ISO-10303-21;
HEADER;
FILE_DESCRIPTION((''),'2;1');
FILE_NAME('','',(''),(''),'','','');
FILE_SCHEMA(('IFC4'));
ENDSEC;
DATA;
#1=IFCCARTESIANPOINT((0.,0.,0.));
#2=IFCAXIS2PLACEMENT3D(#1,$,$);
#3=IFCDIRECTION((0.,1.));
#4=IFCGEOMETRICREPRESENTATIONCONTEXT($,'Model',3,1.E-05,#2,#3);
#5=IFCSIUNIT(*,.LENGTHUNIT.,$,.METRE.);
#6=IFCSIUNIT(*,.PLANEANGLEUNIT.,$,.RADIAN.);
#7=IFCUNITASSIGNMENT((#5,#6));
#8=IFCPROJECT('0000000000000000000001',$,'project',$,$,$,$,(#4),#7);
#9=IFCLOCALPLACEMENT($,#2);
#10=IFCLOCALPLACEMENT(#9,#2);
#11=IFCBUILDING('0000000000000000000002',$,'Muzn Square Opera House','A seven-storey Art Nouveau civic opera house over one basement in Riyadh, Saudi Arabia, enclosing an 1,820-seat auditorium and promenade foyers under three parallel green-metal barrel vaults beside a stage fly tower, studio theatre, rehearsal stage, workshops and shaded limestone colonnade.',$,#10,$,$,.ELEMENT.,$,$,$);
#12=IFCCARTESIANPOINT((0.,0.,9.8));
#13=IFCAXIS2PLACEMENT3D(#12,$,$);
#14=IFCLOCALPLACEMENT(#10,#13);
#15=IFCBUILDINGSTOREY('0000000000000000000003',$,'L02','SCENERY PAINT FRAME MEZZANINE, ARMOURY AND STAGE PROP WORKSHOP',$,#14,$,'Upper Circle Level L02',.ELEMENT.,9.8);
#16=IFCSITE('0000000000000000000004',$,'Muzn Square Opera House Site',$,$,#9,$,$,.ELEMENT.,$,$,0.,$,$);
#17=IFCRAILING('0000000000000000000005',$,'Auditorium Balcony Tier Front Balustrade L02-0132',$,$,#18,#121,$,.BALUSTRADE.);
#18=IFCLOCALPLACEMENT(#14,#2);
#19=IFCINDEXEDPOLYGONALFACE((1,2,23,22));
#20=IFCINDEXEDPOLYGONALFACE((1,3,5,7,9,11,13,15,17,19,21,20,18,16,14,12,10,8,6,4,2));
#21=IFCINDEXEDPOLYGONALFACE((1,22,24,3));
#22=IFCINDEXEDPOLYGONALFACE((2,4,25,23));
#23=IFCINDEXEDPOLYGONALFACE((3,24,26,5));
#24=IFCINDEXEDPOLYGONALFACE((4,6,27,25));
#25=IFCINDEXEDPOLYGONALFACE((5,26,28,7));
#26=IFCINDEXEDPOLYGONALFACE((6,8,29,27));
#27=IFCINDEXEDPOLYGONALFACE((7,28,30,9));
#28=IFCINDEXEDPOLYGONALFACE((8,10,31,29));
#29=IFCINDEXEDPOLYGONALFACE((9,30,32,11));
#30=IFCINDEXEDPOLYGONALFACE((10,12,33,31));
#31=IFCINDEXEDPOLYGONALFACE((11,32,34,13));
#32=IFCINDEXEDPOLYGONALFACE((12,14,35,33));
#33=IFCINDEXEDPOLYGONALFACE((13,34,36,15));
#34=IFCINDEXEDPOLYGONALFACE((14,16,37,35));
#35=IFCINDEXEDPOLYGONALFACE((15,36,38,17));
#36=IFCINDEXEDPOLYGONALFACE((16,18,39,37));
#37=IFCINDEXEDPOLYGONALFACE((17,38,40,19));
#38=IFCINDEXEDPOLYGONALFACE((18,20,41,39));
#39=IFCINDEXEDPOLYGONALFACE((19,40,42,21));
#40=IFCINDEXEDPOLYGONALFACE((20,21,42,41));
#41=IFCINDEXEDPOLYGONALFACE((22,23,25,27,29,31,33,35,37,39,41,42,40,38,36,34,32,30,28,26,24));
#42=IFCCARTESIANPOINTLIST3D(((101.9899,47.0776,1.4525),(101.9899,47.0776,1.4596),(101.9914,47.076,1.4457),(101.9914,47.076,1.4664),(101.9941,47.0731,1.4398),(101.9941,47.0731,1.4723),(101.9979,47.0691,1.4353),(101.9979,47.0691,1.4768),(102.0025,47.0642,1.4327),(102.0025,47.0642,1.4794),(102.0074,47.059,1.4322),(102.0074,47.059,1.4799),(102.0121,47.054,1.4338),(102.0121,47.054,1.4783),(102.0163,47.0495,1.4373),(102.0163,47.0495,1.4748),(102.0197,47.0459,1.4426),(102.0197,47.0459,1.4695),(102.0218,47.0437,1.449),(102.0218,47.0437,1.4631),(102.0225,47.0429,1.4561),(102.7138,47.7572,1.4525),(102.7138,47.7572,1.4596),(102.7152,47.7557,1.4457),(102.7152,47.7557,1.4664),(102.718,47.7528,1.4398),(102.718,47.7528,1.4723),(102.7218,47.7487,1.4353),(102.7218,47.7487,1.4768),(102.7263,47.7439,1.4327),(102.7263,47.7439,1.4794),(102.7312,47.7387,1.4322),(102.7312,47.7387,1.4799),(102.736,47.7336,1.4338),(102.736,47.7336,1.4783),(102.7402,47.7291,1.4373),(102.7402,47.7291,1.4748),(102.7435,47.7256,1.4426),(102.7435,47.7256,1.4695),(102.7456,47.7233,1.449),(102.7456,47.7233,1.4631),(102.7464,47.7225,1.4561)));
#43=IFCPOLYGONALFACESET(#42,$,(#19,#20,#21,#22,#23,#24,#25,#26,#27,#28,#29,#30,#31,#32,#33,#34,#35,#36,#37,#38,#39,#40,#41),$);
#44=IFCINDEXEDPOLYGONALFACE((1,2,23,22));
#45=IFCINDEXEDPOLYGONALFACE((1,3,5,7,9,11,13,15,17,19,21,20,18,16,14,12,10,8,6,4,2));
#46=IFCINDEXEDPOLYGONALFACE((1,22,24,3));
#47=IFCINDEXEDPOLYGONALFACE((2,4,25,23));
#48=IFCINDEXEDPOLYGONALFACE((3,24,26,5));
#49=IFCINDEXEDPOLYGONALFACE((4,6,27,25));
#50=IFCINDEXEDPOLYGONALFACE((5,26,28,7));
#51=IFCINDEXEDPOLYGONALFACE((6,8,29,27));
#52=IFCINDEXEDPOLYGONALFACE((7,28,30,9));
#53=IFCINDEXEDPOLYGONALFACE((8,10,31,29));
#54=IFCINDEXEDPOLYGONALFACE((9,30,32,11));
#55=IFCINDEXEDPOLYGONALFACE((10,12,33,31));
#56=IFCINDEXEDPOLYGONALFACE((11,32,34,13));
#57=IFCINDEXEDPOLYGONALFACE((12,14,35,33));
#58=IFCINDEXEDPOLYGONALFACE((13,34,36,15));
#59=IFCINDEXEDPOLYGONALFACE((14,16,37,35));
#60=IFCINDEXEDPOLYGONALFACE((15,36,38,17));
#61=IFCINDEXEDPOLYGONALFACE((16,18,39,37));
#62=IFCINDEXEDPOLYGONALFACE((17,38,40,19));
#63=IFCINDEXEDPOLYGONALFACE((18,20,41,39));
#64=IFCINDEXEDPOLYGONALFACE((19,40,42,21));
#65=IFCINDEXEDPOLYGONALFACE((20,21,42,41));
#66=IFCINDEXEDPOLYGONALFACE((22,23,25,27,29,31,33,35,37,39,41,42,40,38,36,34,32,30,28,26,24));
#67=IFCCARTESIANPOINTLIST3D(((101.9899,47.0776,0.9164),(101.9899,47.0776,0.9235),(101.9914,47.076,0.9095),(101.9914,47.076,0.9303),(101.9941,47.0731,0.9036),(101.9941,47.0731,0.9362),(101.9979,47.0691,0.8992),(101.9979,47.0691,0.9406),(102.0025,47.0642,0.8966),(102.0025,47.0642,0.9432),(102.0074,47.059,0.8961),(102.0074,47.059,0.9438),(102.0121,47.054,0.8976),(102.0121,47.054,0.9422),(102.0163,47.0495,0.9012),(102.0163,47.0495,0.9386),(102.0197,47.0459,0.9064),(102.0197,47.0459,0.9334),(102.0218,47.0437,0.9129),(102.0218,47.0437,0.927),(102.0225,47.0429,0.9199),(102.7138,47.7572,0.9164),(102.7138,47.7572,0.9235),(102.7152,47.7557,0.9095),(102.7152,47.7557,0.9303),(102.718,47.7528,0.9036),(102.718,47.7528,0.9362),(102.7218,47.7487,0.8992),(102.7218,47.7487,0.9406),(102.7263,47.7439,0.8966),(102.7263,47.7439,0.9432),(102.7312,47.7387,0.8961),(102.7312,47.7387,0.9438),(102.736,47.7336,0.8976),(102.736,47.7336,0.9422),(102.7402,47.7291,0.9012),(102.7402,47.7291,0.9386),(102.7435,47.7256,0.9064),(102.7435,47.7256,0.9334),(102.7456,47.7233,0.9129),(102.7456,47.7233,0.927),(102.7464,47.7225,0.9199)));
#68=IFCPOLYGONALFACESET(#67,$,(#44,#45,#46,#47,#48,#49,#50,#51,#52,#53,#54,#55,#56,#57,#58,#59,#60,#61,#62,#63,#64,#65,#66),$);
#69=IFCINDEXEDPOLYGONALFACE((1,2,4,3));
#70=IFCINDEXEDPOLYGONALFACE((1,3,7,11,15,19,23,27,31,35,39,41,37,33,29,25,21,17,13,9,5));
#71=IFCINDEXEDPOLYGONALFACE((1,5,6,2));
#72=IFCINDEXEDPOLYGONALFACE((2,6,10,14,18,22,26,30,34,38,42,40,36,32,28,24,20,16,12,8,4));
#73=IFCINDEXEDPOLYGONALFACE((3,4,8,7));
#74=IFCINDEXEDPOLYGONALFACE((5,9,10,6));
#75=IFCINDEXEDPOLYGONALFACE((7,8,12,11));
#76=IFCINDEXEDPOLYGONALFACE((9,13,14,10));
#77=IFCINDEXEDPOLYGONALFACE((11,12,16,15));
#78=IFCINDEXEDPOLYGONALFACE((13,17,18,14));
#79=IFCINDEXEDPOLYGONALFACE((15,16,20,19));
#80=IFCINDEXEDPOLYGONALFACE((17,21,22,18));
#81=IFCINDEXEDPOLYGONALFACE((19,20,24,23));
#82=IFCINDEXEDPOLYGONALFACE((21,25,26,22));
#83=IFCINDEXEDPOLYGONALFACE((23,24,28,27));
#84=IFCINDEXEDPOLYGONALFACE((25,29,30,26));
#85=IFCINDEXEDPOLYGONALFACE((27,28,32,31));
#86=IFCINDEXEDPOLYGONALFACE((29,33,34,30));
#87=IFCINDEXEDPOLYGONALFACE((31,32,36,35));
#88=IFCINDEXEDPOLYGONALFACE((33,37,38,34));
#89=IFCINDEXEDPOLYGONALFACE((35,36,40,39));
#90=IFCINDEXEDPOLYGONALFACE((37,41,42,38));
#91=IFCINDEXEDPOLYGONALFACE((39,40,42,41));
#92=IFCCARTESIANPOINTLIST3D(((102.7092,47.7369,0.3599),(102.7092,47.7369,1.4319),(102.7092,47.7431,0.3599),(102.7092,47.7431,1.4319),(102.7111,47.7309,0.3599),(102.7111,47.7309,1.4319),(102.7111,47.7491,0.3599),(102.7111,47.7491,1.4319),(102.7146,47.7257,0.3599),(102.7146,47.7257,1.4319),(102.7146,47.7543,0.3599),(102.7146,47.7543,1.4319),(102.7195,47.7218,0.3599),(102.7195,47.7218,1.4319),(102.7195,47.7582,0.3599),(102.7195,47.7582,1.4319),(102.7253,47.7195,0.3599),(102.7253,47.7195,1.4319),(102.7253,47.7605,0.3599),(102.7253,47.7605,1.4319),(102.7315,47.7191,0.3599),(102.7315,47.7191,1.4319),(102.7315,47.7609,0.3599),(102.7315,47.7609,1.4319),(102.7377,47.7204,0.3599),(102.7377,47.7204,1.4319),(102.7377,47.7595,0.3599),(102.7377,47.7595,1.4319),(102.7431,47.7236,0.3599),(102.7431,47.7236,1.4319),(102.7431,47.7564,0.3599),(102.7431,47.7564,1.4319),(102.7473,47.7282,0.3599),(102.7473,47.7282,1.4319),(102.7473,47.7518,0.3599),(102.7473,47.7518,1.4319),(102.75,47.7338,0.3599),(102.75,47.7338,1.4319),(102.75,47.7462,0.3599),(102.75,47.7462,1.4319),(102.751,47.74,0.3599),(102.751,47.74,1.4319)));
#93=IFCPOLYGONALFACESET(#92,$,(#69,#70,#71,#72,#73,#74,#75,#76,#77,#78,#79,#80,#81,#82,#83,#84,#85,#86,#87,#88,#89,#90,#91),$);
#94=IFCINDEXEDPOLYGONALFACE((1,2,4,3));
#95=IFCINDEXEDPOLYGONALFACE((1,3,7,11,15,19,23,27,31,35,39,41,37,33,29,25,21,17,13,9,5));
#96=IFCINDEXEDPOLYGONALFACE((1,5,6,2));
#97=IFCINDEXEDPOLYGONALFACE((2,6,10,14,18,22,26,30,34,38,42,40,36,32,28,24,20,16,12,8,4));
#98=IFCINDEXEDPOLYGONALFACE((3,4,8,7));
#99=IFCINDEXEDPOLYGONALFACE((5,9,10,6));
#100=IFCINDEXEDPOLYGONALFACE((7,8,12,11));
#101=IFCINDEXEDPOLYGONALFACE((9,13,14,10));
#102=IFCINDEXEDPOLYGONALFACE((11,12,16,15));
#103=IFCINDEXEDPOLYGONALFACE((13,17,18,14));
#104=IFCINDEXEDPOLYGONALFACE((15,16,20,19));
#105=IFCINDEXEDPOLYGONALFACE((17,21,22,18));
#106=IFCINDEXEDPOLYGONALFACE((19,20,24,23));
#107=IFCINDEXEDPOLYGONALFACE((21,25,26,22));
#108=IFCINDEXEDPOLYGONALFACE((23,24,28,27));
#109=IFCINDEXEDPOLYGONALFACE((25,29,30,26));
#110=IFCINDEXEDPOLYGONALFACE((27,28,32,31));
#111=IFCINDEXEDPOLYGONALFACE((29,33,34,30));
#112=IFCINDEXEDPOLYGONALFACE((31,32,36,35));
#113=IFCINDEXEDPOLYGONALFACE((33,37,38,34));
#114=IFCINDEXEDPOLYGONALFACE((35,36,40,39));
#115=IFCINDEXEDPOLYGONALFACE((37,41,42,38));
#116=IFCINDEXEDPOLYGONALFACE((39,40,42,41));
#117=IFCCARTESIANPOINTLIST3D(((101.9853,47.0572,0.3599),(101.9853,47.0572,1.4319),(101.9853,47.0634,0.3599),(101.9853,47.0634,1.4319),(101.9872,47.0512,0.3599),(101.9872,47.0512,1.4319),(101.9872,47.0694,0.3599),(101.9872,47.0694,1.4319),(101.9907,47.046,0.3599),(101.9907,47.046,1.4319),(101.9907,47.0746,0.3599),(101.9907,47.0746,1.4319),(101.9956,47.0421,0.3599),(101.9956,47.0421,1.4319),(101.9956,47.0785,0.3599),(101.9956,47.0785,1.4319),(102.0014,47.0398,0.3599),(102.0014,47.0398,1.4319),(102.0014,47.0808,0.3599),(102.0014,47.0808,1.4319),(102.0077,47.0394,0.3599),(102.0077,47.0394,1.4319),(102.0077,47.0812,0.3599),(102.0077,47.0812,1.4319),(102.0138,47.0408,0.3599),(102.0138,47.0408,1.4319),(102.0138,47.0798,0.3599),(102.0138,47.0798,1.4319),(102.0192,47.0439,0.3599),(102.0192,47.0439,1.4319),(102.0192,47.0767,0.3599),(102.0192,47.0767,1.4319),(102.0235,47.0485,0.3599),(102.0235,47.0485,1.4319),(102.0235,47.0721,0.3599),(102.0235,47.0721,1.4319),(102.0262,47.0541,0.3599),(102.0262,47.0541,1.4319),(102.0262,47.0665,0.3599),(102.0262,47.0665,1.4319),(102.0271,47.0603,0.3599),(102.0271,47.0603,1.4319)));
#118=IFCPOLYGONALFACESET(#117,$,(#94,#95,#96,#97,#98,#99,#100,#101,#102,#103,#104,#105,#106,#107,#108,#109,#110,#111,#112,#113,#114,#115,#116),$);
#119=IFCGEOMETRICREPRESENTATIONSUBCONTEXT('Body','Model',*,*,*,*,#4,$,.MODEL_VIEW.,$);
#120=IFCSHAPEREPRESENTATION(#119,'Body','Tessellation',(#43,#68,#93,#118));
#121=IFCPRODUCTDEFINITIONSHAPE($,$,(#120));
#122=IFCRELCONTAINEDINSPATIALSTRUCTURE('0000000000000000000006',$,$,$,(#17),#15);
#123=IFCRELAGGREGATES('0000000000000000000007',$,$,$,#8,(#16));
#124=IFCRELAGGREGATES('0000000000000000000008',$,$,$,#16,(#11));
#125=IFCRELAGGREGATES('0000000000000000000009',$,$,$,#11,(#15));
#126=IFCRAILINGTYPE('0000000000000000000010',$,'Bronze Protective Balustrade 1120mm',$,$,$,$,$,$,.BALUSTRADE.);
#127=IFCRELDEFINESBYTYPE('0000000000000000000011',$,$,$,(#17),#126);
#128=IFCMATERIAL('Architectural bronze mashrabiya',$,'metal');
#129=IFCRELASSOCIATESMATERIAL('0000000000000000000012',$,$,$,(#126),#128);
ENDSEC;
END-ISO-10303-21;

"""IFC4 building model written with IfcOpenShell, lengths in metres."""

from ifc_helpers import new_model, si_unit, direction, frame, origin, origin_2d, place, context, subcontext, project, spatial, circle, extrude, material, type_object, element, save


model = new_model("IFC4")

# Units and contexts
model_context = context("Model", 3, precision=1e-05, world=origin(), true_north=direction((0.0, 1.0)))
body_context = subcontext(model_context, "Body", "Model", "MODEL_VIEW")
ifc_project = project(units=[si_unit("LENGTHUNIT", "METRE"), si_unit("PLANEANGLEUNIT", "RADIAN")], contexts=[model_context])

# Site, building, storey
site_placement = place(None, origin())
site = spatial("IfcSite", under=ifc_project, at=site_placement, Name="Muzn Square Opera House Site", CompositionType="ELEMENT", RefElevation=0.0)
building_placement = place(site_placement, origin())
building = spatial("IfcBuilding", under=site, at=building_placement, Name="Muzn Square Opera House", Description="A seven-storey Art Nouveau civic opera house over one basement in Riyadh, Saudi Arabia, enclosing an 1,820-seat auditorium and promenade foyers under three parallel green-metal barrel vaults beside a stage fly tower, studio theatre, rehearsal stage, workshops and shaded limestone colonnade.", CompositionType="ELEMENT")
storey_placement = place(building_placement, frame((0.0, 0.0, 9.8)))
storey = spatial("IfcBuildingStorey", under=building, at=storey_placement, Name="L02", Description="SCENERY PAINT FRAME MEZZANINE, ARMOURY AND STAGE PROP WORKSHOP", LongName="Upper Circle Level L02", CompositionType="ELEMENT", Elevation=9.8)

# Railing
ifc_material_1 = material(Name="Architectural bronze mashrabiya", Category="metal")
railing_type = type_object("IfcRailingType", Name="Bronze Protective Balustrade 1120mm", PredefinedType="BALUSTRADE", material=ifc_material_1)
railing_1_placement = place(storey_placement, frame((102.73, 47.74, 0.3599)))
element("IfcRailing", 1, at=railing_1_placement, inside=storey, type_object=railing_type, Name="Auditorium Balcony Tier Front Balustrade L02-0132", PredefinedType="BALUSTRADE", context=body_context, shape_type="SweptSolid", body=[
    extrude(circle(Radius=0.0239, at=origin_2d()), frame((0.0, 0.0, 1.0962), z_axis=(-0.729008, -0.684505, 0.0), x_axis=(0.684505, -0.729008, 0.0)), (0.0, 0.0, 1.0), 0.9929),
    extrude(circle(Radius=0.0239, at=origin_2d()), frame((0.0, 0.0, 0.5601), z_axis=(-0.729008, -0.684505, 0.0), x_axis=(0.684505, -0.729008, 0.0)), (0.0, 0.0, 1.0), 0.9929),
    extrude(circle(Radius=0.021, at=origin_2d()), origin(), (0.0, 0.0, 1.0), 1.072),
    extrude(circle(Radius=0.021, at=origin_2d()), frame((-0.7239, -0.6797, 0.0)), (0.0, 0.0, 1.0), 1.072),
])

save(model, "model.ifc")
